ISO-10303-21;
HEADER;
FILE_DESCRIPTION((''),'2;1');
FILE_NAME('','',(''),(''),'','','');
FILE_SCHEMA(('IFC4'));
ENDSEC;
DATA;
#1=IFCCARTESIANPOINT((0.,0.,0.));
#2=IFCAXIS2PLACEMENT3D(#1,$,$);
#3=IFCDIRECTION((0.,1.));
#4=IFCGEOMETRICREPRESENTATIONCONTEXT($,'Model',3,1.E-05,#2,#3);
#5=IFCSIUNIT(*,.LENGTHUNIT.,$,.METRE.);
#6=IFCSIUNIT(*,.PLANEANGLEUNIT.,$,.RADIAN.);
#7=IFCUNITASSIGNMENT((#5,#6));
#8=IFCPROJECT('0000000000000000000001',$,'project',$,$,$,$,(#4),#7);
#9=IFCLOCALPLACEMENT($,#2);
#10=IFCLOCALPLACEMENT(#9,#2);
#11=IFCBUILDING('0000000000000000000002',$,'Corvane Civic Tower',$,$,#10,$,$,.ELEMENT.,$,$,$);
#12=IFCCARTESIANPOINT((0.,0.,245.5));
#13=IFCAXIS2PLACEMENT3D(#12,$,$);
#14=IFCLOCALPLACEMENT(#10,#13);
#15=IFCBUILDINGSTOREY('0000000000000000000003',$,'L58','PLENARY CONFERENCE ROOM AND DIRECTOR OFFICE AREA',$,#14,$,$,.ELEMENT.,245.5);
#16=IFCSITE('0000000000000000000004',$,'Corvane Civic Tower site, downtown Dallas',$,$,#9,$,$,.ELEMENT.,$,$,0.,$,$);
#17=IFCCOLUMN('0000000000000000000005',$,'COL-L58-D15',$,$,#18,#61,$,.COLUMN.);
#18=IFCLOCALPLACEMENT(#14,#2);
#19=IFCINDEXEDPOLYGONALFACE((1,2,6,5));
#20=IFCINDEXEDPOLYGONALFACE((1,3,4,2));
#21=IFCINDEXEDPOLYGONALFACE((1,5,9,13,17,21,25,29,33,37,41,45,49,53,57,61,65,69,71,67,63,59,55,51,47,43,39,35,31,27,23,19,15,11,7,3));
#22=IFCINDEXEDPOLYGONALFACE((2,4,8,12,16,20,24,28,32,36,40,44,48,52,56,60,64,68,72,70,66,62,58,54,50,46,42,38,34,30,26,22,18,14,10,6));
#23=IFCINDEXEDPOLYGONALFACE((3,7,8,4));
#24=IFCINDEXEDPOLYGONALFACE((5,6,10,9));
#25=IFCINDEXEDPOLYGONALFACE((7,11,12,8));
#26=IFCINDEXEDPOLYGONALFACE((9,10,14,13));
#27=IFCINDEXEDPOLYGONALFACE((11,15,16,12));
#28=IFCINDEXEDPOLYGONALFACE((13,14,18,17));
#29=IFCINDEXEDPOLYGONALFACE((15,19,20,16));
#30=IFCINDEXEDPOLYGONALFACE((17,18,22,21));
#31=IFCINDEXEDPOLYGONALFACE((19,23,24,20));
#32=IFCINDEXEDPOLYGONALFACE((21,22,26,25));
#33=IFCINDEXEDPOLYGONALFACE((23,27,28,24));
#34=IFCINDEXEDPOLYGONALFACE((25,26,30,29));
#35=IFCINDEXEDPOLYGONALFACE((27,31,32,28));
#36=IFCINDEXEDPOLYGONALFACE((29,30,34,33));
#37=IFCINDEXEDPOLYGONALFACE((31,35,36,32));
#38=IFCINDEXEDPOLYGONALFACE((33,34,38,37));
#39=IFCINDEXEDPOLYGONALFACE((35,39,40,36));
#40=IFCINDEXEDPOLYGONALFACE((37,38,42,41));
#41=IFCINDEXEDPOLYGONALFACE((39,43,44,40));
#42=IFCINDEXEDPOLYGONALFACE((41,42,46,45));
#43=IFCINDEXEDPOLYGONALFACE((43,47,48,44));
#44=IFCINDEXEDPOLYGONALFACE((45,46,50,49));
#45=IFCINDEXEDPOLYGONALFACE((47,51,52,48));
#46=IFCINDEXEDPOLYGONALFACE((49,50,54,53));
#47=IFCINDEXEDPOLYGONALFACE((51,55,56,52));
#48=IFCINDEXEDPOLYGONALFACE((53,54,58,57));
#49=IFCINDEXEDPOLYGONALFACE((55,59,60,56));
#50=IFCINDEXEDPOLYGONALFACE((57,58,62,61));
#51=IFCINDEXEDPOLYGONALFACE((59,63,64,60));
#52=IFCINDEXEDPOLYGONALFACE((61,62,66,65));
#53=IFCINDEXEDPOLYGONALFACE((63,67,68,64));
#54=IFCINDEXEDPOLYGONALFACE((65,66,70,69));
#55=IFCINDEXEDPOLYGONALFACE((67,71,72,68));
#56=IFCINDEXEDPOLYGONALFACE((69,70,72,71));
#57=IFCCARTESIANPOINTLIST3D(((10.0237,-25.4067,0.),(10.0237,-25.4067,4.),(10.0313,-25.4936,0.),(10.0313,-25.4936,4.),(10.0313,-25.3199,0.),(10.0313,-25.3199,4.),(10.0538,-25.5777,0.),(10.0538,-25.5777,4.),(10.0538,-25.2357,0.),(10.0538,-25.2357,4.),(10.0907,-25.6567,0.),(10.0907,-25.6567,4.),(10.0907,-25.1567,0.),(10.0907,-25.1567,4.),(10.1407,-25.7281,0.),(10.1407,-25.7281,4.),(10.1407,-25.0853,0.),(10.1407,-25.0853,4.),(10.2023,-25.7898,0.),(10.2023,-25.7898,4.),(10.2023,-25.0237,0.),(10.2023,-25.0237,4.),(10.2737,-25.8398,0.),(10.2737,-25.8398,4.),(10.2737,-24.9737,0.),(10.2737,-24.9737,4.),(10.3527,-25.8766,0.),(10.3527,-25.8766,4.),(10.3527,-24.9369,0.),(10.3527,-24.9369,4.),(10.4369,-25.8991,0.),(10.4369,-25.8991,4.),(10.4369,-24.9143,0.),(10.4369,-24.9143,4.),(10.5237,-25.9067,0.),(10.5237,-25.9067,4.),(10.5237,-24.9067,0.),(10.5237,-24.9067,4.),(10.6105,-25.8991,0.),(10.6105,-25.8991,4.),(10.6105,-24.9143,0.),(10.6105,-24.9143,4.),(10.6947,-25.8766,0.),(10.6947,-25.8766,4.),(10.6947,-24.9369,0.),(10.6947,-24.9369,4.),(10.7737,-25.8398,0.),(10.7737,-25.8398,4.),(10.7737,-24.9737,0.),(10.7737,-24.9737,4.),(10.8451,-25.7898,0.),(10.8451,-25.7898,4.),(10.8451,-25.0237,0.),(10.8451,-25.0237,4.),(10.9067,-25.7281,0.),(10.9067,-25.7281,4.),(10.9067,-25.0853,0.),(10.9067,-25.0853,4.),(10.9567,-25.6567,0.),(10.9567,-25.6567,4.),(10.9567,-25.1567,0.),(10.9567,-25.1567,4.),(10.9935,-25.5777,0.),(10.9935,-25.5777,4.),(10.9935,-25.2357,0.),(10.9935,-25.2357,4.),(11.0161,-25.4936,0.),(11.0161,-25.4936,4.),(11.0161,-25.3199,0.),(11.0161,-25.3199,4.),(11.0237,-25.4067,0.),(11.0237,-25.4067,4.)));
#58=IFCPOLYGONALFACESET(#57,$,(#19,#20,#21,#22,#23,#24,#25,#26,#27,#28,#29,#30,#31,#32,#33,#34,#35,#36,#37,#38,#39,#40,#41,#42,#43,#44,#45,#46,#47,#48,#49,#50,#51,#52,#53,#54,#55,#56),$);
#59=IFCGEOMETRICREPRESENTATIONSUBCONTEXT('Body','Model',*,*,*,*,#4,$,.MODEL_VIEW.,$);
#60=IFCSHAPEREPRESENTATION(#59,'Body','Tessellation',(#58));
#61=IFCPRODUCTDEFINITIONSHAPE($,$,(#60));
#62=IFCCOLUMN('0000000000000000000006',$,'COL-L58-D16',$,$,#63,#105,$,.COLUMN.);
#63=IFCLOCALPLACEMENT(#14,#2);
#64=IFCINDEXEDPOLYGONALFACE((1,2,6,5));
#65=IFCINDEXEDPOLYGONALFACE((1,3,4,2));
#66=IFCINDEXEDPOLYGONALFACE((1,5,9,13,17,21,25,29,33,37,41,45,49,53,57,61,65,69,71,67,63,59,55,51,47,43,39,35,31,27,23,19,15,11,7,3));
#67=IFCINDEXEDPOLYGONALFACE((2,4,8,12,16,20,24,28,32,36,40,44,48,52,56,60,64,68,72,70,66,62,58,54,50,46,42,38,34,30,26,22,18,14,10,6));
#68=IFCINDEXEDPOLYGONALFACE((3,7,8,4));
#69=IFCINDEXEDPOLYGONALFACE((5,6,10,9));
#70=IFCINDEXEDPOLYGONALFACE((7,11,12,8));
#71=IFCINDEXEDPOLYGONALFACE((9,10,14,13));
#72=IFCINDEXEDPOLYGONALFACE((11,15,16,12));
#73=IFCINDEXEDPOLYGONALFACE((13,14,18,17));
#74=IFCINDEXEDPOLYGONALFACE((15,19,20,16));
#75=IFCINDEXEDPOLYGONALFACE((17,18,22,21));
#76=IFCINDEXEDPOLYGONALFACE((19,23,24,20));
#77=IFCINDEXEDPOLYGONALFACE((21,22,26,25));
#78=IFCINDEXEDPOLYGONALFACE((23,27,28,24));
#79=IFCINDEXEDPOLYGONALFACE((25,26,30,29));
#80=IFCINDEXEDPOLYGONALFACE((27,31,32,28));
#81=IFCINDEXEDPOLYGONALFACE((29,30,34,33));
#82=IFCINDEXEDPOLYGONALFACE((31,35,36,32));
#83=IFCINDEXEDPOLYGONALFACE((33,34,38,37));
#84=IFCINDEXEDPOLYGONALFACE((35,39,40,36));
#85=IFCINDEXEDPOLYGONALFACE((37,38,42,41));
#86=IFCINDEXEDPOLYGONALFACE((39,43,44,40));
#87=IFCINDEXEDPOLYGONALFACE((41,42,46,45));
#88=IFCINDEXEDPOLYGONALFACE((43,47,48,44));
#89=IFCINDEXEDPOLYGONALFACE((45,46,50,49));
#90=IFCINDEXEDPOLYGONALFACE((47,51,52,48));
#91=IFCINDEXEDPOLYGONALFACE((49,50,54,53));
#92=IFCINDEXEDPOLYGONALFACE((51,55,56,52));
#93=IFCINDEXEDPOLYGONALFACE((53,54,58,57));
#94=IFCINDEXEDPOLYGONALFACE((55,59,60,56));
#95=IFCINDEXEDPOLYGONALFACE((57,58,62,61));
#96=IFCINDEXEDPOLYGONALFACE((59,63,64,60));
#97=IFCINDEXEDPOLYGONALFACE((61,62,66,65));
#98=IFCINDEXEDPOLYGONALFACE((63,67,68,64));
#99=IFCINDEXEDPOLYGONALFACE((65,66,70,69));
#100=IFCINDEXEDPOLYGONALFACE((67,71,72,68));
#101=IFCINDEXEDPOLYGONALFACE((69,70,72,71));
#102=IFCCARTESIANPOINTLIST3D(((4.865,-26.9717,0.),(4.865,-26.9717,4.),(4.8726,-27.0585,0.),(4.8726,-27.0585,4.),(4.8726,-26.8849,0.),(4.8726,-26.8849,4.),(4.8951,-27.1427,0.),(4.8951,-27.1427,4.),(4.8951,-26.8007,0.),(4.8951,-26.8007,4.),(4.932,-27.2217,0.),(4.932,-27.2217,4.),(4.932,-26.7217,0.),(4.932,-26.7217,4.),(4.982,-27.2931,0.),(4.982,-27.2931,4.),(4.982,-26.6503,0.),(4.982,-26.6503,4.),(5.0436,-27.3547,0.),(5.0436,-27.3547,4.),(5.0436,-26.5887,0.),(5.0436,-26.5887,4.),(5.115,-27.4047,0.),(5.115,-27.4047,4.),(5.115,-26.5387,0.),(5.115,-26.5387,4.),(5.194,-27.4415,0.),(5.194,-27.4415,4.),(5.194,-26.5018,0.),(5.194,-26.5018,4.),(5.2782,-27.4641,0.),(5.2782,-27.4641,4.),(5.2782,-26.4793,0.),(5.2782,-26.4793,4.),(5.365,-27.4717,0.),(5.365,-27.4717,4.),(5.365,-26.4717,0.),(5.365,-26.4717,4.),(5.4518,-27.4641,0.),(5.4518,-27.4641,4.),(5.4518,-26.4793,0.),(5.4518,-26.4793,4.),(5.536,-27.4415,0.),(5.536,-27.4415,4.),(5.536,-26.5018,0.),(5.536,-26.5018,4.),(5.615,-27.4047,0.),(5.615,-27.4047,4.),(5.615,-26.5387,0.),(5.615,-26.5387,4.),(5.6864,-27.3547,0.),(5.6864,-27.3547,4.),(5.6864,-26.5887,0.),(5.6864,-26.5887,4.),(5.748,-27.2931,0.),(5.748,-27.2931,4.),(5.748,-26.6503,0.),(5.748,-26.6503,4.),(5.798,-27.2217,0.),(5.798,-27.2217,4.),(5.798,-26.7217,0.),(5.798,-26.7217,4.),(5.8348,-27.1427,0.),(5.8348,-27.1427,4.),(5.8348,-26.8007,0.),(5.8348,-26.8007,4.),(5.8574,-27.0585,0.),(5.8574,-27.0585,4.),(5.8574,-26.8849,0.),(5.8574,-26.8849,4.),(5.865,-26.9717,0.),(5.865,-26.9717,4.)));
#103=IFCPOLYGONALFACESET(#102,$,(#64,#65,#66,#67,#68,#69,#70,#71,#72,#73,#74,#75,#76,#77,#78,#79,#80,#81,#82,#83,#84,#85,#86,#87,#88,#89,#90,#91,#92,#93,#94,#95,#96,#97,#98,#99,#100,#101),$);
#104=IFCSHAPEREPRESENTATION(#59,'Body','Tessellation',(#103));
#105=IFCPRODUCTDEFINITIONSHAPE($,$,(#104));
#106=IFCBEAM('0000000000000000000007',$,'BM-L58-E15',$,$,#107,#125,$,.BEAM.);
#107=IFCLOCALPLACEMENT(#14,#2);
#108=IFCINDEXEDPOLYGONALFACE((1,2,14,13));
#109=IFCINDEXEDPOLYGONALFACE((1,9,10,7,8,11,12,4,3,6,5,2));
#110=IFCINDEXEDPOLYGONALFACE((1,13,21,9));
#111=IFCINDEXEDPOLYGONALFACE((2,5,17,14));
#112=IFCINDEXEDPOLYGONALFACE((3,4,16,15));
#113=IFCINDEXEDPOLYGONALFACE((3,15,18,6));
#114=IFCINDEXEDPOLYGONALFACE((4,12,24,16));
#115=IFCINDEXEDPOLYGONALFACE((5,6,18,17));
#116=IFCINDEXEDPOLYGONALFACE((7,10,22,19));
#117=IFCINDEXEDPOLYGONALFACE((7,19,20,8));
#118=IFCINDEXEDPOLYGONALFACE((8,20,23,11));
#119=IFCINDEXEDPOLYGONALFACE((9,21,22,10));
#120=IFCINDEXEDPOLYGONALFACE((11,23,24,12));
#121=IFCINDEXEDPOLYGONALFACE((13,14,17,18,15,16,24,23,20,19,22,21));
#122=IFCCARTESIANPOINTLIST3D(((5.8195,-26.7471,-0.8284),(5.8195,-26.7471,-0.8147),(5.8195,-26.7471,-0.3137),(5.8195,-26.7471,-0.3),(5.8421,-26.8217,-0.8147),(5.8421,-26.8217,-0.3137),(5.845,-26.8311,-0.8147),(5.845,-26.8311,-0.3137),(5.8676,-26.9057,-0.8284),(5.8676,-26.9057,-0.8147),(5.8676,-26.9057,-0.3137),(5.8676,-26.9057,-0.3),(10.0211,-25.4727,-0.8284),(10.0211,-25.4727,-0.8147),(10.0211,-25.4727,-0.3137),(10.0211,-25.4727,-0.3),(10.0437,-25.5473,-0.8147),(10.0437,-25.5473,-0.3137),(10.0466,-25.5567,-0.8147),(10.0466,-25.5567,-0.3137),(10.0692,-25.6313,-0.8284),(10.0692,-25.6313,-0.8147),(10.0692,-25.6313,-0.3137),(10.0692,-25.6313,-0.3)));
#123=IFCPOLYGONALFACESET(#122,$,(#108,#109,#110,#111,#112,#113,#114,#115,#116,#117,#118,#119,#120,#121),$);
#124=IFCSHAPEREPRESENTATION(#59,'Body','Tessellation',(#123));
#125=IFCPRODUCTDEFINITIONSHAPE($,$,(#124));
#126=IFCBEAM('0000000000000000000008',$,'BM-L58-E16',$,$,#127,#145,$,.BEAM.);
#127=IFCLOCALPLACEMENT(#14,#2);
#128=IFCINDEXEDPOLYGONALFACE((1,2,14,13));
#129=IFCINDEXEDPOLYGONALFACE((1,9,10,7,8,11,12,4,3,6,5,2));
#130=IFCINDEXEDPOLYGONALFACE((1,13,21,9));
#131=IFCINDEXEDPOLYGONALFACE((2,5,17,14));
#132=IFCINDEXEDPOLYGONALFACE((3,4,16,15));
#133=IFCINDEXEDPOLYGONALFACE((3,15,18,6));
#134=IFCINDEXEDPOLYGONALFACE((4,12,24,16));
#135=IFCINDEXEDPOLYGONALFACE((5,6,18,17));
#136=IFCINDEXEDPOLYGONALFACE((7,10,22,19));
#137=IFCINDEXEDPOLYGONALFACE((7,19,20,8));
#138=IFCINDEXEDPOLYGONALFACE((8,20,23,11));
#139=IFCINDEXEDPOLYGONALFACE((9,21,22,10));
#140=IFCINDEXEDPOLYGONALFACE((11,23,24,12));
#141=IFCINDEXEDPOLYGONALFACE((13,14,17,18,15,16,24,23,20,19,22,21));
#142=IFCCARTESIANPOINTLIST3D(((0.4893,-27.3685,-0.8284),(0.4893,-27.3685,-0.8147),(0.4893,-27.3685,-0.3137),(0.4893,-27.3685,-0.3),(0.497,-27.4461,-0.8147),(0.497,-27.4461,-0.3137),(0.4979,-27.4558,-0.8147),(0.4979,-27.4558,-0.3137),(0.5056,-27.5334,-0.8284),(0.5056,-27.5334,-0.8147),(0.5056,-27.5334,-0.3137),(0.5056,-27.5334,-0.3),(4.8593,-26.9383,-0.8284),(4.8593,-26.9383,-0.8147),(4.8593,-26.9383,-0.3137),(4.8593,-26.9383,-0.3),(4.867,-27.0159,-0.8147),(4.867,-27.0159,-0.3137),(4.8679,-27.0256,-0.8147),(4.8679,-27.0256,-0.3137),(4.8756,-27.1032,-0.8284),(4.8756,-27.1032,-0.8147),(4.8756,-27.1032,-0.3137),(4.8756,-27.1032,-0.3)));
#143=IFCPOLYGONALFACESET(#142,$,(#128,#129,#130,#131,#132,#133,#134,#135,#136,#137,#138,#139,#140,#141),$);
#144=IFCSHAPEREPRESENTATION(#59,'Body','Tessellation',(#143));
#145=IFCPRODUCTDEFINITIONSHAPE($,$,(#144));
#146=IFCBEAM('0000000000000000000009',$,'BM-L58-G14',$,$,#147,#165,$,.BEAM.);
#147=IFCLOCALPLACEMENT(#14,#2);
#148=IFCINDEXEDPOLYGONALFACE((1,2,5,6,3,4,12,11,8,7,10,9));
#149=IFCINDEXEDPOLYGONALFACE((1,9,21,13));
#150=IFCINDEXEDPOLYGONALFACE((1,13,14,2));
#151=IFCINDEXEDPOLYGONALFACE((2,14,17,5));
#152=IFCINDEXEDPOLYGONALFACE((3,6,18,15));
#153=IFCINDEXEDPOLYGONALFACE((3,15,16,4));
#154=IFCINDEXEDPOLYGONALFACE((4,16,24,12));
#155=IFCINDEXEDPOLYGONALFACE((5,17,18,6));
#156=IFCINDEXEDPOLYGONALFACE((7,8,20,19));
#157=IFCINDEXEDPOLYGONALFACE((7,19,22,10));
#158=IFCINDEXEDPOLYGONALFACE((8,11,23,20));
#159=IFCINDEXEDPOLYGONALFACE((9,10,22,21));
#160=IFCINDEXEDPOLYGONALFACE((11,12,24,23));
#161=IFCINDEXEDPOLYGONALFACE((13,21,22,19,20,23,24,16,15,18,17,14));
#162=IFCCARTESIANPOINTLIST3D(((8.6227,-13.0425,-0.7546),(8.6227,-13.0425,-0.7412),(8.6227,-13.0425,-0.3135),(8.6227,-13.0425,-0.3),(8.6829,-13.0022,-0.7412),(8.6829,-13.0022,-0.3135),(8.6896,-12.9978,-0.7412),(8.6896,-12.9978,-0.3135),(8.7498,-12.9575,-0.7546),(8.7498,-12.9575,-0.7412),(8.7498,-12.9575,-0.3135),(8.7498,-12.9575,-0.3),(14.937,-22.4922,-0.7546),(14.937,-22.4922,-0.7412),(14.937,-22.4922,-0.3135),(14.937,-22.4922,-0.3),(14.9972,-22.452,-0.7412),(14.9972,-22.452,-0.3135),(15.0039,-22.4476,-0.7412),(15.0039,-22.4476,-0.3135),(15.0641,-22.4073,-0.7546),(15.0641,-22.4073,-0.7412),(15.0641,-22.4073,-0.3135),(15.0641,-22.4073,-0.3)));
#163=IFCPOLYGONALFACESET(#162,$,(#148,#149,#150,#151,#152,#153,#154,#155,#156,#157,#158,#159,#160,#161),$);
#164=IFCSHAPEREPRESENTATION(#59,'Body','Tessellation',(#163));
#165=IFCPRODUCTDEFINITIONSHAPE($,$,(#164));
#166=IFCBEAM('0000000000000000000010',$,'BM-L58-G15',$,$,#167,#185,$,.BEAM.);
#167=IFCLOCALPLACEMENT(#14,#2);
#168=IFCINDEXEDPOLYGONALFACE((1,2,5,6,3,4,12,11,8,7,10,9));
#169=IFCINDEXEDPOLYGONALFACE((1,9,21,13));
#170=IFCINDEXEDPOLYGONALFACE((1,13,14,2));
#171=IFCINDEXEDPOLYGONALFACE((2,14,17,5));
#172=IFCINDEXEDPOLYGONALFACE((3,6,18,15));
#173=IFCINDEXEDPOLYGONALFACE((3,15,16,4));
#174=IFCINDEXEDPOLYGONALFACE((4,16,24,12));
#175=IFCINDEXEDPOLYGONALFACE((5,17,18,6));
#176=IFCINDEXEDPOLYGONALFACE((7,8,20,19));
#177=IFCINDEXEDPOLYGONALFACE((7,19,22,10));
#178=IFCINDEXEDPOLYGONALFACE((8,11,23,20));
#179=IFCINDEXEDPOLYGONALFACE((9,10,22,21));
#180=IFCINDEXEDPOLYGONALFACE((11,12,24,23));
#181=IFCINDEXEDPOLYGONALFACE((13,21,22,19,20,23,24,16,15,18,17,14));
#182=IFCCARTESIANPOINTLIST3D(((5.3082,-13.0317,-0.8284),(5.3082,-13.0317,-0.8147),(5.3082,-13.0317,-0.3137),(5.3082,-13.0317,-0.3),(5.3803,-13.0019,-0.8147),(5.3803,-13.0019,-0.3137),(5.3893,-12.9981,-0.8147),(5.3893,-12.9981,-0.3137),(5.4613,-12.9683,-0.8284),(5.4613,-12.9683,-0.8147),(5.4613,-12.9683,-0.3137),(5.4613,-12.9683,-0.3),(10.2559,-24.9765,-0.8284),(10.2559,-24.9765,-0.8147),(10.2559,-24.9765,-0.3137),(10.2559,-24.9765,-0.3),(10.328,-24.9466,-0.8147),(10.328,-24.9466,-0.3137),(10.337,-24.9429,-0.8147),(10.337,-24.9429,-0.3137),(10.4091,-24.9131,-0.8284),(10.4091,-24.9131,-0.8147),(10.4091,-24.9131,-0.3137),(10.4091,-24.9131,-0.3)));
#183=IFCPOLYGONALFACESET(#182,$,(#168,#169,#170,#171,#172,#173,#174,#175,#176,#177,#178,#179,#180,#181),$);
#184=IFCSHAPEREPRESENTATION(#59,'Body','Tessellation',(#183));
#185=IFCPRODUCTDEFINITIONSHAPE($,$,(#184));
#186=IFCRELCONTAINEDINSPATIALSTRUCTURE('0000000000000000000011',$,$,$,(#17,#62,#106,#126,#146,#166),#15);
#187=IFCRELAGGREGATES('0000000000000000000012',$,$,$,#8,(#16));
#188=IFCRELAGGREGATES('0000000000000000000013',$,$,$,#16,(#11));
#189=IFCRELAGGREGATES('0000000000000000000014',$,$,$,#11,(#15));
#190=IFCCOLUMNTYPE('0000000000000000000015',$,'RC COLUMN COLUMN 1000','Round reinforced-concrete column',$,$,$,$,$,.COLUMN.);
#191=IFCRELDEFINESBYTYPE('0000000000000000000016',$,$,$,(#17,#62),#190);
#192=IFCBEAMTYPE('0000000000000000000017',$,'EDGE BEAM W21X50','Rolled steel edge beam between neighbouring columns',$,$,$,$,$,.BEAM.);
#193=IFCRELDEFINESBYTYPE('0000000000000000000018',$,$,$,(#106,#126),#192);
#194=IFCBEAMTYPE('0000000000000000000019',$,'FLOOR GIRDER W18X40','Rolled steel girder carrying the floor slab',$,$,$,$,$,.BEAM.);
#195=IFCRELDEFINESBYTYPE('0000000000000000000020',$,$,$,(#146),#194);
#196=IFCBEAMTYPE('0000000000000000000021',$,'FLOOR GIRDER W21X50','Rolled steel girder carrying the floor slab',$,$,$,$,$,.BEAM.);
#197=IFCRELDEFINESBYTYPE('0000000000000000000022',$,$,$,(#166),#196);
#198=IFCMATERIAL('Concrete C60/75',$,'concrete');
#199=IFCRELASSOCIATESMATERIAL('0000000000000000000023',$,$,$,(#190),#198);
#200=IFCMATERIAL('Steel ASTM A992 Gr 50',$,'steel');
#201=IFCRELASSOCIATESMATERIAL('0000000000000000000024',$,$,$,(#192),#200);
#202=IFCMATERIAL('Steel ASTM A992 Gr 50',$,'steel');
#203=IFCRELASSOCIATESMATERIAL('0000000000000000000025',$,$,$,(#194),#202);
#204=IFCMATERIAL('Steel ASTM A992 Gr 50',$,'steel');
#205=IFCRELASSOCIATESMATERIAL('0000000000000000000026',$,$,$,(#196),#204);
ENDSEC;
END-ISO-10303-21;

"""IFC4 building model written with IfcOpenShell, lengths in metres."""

from ifc_helpers import new_model, si_unit, direction, frame, origin, origin_2d, place, context, subcontext, project, spatial, circle, i_section, extrude, material, material_profile, profile_set, type_object, element, save


model = new_model("IFC4")

# Units and contexts
model_context = context("Model", 3, precision=1e-05, world=origin(), true_north=direction((0.0, 1.0)))
body_context = subcontext(model_context, "Body", "Model", "MODEL_VIEW")
ifc_project = project(units=[si_unit("LENGTHUNIT", "METRE"), si_unit("PLANEANGLEUNIT", "RADIAN")], contexts=[model_context])

# Site, building, storey
site_placement = place(None, origin())
site = spatial("IfcSite", under=ifc_project, at=site_placement, Name="Corvane Civic Tower site, downtown Dallas", CompositionType="ELEMENT", RefElevation=0.0)
building_placement = place(site_placement, origin())
building = spatial("IfcBuilding", under=site, at=building_placement, Name="Corvane Civic Tower", CompositionType="ELEMENT")
storey_placement = place(building_placement, frame((0.0, 0.0, 245.5)))
storey = spatial("IfcBuildingStorey", under=building, at=storey_placement, Name="L58", Description="PLENARY CONFERENCE ROOM AND DIRECTOR OFFICE AREA", CompositionType="ELEMENT", Elevation=245.5)

# Columns
ifc_material_1 = material(Name="Concrete C60/75", Category="concrete")
ifc_material_profile_1 = material_profile(ifc_material_1, circle(Radius=0.5, at=origin_2d()), Name="COLUMN 1000")
ifc_profile_set_1 = profile_set([ifc_material_profile_1], Name="Concrete C60/75")
column_type = type_object("IfcColumnType", Name="RC COLUMN COLUMN 1000", Description="Round reinforced-concrete column", PredefinedType="COLUMN", material=ifc_profile_set_1)
for number, where, z_axis, x_axis, name in (
    (1, (10.5237, -25.4067, 0.0), (0.0, 0.0, 1.0), (1.0, 0.0, 0.0), "COL-L58-D15"),
    (2, (5.365, -26.9717, 0.0), (0.0, 0.0, 1.0), (1.0, 0.0, 0.0), "COL-L58-D16"),
):
    element("IfcColumn", number, at=place(storey_placement, frame(where, z_axis=z_axis, x_axis=x_axis)), inside=storey, type_object=column_type, Name=name, PredefinedType="COLUMN", context=body_context, shape_type="SweptSolid", body=[
        extrude(circle(Radius=0.5, at=origin_2d()), origin(), (0.0, 0.0, 1.0), 4.0),
    ])

# Beams
ifc_material_2 = material(Name="Steel ASTM A992 Gr 50", Category="steel")
ifc_material_profile_2 = material_profile(ifc_material_2, i_section(OverallWidth=0.1658, OverallDepth=0.5283, WebThickness=0.0098, FlangeThickness=0.0137, at=origin_2d()), Name="W21X50")
ifc_profile_set_2 = profile_set([ifc_material_profile_2], Name="Steel ASTM A992 Gr 50")
beam_type_1 = type_object("IfcBeamType", Name="EDGE BEAM W21X50", Description="Rolled steel edge beam between neighbouring columns", PredefinedType="BEAM", material=ifc_profile_set_2)
beam_1_placement = place(storey_placement, frame((10.0452, -25.552, -0.5642), z_axis=(-0.95695, -0.290254, 0.0), x_axis=(0.290254, -0.95695, 0.0)))
element("IfcBeam", 3, at=beam_1_placement, inside=storey, type_object=beam_type_1, Name="BM-L58-E15", PredefinedType="BEAM", context=body_context, shape_type="SweptSolid", body=[
    extrude(i_section(OverallWidth=0.1658, OverallDepth=0.5283, WebThickness=0.0098, FlangeThickness=0.0137, at=origin_2d()), origin(), (0.0, 0.0, 1.0), 4.3906),
])
beam_2_placement = place(storey_placement, frame((4.8674, -27.0208, -0.5642), z_axis=(-0.99519, -0.097968, 0.0), x_axis=(0.097968, -0.99519, 0.0)))
element("IfcBeam", 4, at=beam_2_placement, inside=storey, type_object=beam_type_1, Name="BM-L58-E16", PredefinedType="BEAM", context=body_context, shape_type="SweptSolid", body=[
    extrude(i_section(OverallWidth=0.1658, OverallDepth=0.5283, WebThickness=0.0098, FlangeThickness=0.0137, at=origin_2d()), origin(), (0.0, 0.0, 1.0), 4.3911),
])
ifc_material_3 = material(Name="Steel ASTM A992 Gr 50", Category="steel")
ifc_material_profile_3 = material_profile(ifc_material_3, i_section(OverallWidth=0.1528, OverallDepth=0.4546, WebThickness=0.0081, FlangeThickness=0.0134, at=origin_2d()), Name="W18X40")
ifc_profile_set_3 = profile_set([ifc_material_profile_3], Name="Steel ASTM A992 Gr 50")
beam_type_2 = type_object("IfcBeamType", Name="FLOOR GIRDER W18X40", Description="Rolled steel girder carrying the floor slab", PredefinedType="BEAM", material=ifc_profile_set_3)
beam_3_placement = place(storey_placement, frame((8.6863, -13.0, -0.5273), z_axis=(0.555577, -0.831465, 0.0), x_axis=(0.831465, 0.555577, 0.0)))
element("IfcBeam", 5, at=beam_3_placement, inside=storey, type_object=beam_type_2, Name="BM-L58-G14", PredefinedType="BEAM", context=body_context, shape_type="SweptSolid", body=[
    extrude(i_section(OverallWidth=0.1528, OverallDepth=0.4546, WebThickness=0.0081, FlangeThickness=0.0134, at=origin_2d()), origin(), (0.0, 0.0, 1.0), 11.3652),
])
ifc_material_4 = material(Name="Steel ASTM A992 Gr 50", Category="steel")
ifc_material_profile_4 = material_profile(ifc_material_4, i_section(OverallWidth=0.1658, OverallDepth=0.5283, WebThickness=0.0098, FlangeThickness=0.0137, at=origin_2d()), Name="W21X50")
ifc_profile_set_4 = profile_set([ifc_material_profile_4], Name="Steel ASTM A992 Gr 50")
beam_type_3 = type_object("IfcBeamType", Name="FLOOR GIRDER W21X50", Description="Rolled steel girder carrying the floor slab", PredefinedType="BEAM", material=ifc_profile_set_4)
beam_4_placement = place(storey_placement, frame((5.3848, -13.0, -0.5642), z_axis=(0.382686, -0.923878, 0.0), x_axis=(0.923878, 0.382686, 0.0)))
element("IfcBeam", 6, at=beam_4_placement, inside=storey, type_object=beam_type_3, Name="BM-L58-G15", PredefinedType="BEAM", context=body_context, shape_type="SweptSolid", body=[
    extrude(i_section(OverallWidth=0.1658, OverallDepth=0.5283, WebThickness=0.0098, FlangeThickness=0.0137, at=origin_2d()), origin(), (0.0, 0.0, 1.0), 12.929),
])

save(model, "model.ifc")
